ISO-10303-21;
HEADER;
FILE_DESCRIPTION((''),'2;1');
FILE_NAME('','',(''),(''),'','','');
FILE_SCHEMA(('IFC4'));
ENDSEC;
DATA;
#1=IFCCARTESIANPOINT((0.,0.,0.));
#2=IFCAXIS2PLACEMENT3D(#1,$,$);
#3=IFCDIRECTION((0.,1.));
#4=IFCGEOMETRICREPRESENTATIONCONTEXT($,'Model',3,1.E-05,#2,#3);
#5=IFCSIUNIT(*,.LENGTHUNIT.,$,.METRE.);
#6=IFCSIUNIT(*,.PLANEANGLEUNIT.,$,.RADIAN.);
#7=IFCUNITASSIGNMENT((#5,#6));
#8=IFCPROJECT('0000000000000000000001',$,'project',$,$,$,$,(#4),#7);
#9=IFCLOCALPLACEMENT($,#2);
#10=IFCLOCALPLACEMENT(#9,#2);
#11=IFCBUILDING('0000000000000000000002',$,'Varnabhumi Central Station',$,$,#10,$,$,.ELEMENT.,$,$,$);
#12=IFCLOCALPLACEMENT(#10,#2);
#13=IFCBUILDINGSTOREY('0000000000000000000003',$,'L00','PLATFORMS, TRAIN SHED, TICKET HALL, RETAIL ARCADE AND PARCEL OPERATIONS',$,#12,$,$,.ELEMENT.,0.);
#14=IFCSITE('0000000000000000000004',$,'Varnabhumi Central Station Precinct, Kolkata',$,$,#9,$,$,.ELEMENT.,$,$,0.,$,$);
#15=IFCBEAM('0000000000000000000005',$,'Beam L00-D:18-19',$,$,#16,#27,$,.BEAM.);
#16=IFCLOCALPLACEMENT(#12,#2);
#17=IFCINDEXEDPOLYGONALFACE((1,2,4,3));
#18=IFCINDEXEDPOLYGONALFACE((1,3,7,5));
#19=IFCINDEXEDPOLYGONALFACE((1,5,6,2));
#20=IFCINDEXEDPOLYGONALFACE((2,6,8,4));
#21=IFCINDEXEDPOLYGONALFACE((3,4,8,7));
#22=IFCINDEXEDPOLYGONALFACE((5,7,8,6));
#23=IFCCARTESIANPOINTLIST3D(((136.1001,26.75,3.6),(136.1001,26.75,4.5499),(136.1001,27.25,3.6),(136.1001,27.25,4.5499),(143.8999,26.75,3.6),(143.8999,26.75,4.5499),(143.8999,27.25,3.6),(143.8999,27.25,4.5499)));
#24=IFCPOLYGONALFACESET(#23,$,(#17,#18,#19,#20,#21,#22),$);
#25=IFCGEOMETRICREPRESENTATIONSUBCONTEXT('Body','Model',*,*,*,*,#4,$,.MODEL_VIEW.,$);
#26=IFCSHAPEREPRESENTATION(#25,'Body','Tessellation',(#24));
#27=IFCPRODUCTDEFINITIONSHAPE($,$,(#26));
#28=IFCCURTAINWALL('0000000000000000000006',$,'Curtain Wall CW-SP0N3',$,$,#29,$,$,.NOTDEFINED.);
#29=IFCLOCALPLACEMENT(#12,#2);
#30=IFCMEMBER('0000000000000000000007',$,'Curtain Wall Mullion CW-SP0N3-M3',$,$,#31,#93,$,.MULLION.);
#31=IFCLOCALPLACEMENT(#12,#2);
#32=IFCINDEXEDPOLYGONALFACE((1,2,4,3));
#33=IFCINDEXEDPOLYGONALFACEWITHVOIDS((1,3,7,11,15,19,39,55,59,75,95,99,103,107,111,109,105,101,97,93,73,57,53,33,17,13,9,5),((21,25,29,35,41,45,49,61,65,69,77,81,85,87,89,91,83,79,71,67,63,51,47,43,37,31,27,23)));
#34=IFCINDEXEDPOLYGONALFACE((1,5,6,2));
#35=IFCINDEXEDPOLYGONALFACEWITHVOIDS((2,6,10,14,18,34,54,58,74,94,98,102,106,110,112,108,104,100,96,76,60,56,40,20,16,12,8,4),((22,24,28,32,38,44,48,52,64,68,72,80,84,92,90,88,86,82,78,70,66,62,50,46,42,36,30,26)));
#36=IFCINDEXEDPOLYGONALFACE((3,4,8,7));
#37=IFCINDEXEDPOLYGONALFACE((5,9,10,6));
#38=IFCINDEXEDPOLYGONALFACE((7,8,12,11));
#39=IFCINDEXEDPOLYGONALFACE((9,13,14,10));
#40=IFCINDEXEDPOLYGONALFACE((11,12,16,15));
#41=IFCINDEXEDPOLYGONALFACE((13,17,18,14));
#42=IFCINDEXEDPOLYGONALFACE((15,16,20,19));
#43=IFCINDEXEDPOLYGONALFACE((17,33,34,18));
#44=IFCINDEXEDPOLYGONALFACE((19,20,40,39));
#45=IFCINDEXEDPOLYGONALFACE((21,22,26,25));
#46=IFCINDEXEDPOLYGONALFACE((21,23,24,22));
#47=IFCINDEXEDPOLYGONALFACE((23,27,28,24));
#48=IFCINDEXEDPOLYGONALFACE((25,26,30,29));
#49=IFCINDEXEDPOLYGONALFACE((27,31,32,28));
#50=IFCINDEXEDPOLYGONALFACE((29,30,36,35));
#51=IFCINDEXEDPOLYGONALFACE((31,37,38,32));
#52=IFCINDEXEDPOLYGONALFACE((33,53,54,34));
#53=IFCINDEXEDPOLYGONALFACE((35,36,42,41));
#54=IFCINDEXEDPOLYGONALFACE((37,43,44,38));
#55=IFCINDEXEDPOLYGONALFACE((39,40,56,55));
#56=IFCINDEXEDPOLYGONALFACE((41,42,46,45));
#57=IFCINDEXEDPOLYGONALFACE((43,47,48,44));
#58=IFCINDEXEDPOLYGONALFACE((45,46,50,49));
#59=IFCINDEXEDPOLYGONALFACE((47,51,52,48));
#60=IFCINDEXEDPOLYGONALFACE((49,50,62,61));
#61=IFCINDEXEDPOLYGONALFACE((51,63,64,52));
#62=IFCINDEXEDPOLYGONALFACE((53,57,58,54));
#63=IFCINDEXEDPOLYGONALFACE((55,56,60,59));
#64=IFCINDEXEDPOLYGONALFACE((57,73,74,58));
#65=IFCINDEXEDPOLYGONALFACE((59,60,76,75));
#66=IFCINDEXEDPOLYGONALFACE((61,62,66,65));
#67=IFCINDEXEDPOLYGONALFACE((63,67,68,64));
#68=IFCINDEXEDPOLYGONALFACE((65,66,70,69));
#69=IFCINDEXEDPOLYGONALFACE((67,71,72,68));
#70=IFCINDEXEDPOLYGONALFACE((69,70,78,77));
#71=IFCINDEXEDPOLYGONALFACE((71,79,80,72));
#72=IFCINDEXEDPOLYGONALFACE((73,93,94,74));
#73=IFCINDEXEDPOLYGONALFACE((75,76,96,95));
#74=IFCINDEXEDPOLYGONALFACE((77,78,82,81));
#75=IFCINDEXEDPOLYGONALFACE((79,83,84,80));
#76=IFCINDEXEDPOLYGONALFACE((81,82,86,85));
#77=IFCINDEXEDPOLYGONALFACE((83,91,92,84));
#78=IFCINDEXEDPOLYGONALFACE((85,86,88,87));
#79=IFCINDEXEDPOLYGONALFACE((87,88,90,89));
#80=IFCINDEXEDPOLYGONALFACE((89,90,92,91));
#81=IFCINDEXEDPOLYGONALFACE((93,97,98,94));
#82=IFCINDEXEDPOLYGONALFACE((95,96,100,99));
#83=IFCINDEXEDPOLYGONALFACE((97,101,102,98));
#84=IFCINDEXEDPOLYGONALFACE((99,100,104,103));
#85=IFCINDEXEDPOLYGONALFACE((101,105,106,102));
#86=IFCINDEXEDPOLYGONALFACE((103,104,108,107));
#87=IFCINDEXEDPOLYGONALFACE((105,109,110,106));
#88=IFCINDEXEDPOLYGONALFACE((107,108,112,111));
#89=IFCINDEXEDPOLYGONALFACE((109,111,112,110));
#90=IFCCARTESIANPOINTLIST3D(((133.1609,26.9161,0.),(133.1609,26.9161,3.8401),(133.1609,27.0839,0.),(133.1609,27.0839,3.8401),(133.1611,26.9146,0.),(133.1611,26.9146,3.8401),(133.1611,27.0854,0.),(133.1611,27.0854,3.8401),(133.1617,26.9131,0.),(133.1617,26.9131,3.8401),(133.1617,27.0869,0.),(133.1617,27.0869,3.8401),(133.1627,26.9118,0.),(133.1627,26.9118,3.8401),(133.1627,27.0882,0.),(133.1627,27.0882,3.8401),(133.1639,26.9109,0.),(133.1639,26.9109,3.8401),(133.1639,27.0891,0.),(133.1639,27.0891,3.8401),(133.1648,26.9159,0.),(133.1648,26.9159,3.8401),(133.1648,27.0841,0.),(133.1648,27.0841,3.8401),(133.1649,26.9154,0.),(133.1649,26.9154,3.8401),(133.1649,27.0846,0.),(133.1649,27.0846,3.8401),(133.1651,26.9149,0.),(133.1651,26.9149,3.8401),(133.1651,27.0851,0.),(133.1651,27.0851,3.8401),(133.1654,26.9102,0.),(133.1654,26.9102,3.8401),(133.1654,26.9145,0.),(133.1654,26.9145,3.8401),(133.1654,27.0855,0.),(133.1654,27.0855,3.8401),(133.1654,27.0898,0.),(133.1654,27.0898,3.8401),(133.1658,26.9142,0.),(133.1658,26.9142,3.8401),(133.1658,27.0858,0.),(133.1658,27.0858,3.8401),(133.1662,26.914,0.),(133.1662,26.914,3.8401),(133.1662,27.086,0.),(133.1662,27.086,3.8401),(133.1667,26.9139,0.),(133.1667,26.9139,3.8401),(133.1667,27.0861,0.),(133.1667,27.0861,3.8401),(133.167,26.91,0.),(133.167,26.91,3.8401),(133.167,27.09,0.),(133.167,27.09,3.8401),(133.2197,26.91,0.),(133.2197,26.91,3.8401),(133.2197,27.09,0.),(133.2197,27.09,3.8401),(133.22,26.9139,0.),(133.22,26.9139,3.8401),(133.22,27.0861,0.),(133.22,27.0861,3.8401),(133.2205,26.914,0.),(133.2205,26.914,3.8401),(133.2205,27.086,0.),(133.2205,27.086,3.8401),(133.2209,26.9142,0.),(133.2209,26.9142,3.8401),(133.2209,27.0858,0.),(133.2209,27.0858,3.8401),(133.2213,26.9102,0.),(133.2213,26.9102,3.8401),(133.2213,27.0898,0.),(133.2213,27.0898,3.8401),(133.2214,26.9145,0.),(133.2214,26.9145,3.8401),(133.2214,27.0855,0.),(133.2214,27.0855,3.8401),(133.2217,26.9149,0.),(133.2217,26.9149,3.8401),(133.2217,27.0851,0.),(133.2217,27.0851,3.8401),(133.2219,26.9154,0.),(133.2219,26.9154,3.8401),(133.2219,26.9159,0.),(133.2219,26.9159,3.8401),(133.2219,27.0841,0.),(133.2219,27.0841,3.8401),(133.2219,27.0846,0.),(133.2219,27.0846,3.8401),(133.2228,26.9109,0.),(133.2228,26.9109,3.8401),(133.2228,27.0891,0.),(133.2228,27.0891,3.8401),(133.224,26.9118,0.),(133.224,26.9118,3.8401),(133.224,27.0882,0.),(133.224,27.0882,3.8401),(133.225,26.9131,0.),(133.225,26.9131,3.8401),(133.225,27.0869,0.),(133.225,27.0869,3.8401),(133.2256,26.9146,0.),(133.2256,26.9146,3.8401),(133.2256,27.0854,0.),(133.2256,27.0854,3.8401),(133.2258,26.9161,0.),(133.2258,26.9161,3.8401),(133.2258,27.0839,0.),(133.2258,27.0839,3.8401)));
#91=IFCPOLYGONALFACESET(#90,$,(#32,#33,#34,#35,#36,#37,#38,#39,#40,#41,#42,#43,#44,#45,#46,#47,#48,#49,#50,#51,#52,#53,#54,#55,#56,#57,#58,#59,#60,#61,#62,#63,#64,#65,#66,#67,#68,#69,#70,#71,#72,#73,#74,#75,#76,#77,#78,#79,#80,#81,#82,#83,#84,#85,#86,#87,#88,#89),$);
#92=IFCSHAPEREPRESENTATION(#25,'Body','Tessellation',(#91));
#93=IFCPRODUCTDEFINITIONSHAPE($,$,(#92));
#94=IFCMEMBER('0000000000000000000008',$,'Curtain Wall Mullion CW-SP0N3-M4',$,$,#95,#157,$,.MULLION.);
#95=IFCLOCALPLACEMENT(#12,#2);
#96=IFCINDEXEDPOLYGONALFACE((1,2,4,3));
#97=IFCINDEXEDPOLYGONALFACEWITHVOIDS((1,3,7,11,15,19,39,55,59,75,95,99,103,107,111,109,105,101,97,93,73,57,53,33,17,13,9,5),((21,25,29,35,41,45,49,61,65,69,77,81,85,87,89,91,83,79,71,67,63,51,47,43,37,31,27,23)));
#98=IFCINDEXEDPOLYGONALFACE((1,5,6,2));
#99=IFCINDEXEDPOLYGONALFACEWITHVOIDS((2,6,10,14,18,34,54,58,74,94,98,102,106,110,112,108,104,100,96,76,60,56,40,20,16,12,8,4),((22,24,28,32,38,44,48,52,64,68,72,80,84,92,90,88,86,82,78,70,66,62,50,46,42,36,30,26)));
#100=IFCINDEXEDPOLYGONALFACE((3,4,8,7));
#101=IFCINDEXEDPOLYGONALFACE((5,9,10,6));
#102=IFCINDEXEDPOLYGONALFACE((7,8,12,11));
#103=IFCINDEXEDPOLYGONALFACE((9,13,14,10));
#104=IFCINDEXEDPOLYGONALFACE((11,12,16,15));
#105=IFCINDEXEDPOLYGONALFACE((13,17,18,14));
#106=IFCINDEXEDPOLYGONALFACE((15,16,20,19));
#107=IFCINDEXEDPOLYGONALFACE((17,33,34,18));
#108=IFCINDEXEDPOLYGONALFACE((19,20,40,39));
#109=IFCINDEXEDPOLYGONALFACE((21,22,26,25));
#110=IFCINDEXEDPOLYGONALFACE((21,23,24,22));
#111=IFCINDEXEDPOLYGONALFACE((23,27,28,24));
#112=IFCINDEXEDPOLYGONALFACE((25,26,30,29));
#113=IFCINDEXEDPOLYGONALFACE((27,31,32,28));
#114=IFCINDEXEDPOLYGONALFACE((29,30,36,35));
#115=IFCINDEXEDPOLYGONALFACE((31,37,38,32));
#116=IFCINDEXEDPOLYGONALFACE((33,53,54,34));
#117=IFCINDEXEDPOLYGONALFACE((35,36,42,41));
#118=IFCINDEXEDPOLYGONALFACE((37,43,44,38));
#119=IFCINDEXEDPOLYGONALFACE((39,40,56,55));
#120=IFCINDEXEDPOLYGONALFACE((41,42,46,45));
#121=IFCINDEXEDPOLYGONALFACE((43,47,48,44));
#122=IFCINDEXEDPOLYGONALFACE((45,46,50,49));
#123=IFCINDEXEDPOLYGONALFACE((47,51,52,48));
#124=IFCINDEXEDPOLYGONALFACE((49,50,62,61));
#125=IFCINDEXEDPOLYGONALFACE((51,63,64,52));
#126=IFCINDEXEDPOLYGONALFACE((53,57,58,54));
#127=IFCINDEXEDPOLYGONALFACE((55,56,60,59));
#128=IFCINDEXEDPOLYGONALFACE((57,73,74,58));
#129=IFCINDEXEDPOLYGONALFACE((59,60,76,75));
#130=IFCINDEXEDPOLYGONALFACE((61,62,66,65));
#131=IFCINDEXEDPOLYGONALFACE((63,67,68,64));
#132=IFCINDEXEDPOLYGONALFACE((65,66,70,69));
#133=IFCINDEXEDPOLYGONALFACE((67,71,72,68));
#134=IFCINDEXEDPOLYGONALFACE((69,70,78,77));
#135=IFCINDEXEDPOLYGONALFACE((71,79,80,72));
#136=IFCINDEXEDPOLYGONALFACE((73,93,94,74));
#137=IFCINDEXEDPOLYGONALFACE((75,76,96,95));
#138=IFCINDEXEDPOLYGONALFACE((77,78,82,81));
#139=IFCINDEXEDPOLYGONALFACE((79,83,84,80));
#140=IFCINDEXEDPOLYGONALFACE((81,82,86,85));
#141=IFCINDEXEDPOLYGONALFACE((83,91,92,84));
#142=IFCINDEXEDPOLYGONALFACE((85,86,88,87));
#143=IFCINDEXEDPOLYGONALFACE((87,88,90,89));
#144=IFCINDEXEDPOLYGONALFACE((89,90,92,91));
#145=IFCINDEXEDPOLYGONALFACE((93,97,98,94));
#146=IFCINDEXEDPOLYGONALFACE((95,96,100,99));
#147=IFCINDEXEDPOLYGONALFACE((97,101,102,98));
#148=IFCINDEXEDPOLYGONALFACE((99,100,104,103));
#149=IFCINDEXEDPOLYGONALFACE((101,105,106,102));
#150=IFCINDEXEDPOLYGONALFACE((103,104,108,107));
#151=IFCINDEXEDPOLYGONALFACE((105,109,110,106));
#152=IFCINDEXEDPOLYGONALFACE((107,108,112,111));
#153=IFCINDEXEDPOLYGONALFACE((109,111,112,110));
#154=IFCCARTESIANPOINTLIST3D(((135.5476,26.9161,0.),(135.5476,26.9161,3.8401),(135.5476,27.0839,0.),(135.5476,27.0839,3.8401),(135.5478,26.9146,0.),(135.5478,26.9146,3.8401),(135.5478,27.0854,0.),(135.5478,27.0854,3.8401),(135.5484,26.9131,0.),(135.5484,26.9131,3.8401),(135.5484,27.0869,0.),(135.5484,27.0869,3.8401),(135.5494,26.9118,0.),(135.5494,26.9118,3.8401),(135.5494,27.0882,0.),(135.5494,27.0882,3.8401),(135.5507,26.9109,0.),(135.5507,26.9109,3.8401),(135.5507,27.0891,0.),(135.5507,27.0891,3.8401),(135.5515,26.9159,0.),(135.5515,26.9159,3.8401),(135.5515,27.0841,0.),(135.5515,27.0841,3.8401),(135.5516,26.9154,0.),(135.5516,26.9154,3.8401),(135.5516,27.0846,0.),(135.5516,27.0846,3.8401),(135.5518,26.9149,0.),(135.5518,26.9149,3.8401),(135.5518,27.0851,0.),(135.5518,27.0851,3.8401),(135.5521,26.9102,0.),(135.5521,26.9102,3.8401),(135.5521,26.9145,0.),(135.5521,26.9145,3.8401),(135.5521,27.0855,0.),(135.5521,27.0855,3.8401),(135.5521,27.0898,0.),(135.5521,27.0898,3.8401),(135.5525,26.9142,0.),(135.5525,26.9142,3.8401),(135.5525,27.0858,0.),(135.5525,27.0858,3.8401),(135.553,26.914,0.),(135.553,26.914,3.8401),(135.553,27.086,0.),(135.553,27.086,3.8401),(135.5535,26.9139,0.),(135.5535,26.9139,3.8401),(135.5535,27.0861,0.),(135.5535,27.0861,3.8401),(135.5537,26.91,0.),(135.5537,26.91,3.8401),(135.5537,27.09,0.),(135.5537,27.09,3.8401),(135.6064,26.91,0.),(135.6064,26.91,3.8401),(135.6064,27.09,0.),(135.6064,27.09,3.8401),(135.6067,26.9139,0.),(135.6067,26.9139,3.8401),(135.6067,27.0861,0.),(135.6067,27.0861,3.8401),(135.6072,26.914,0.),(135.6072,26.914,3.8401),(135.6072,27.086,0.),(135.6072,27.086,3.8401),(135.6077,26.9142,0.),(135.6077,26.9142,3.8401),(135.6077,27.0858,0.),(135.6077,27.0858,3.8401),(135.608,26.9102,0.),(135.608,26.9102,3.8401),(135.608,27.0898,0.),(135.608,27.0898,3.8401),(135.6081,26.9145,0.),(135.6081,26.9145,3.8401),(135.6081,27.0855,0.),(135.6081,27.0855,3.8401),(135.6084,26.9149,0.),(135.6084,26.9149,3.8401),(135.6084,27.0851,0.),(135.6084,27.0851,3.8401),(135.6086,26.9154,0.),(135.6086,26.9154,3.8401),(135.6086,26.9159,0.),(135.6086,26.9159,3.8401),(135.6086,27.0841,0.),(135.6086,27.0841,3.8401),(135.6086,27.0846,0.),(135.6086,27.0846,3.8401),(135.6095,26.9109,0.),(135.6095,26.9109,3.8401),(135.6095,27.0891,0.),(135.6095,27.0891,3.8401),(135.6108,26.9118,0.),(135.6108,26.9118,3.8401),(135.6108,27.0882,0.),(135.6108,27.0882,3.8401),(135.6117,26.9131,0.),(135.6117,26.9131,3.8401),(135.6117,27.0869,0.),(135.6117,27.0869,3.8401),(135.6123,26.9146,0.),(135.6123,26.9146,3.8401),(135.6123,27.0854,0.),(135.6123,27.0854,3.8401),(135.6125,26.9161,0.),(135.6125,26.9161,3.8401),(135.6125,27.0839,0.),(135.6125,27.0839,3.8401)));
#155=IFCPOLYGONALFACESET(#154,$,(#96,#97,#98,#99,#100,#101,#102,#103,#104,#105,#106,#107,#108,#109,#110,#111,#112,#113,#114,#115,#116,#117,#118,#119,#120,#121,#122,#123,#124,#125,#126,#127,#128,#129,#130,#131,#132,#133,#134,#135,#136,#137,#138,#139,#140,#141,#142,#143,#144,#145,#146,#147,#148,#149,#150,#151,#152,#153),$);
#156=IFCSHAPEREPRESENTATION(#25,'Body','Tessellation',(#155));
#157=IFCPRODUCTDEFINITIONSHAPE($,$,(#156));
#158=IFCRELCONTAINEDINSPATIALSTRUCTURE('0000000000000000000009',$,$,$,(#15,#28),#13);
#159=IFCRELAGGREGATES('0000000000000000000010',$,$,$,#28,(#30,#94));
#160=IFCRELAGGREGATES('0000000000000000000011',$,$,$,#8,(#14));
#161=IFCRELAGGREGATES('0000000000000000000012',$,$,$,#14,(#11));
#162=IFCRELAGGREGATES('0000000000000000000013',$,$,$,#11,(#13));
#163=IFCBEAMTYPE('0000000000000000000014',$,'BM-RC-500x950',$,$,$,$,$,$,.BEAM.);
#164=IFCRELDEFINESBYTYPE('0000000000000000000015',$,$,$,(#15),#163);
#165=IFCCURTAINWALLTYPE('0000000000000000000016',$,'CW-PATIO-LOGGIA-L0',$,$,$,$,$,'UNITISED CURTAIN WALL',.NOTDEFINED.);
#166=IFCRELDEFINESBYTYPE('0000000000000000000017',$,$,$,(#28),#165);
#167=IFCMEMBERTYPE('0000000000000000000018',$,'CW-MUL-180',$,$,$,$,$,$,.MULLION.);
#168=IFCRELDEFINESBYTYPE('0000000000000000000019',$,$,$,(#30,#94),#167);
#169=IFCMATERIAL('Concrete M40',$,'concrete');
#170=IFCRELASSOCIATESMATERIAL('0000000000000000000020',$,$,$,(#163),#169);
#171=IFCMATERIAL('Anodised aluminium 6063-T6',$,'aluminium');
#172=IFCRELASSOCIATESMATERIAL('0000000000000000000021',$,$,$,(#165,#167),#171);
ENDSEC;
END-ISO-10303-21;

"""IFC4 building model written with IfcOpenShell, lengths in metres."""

from ifc_helpers import new_model, si_unit, direction, frame, origin, origin_2d, place, context, subcontext, project, spatial, rectangle, hollow_rectangle, extrude, material, material_profile, profile_set, type_object, element, aggregate, save


model = new_model("IFC4")

# Units and contexts
model_context = context("Model", 3, precision=1e-05, world=origin(), true_north=direction((0.0, 1.0)))
body_context = subcontext(model_context, "Body", "Model", "MODEL_VIEW")
ifc_project = project(units=[si_unit("LENGTHUNIT", "METRE"), si_unit("PLANEANGLEUNIT", "RADIAN")], contexts=[model_context])

# Site, building, storey
site_placement = place(None, origin())
site = spatial("IfcSite", under=ifc_project, at=site_placement, Name="Varnabhumi Central Station Precinct, Kolkata", CompositionType="ELEMENT", RefElevation=0.0)
building_placement = place(site_placement, origin())
building = spatial("IfcBuilding", under=site, at=building_placement, Name="Varnabhumi Central Station", CompositionType="ELEMENT")
storey_placement = place(building_placement, origin())
storey = spatial("IfcBuildingStorey", under=building, at=storey_placement, Name="L00", Description="PLATFORMS, TRAIN SHED, TICKET HALL, RETAIL ARCADE AND PARCEL OPERATIONS", CompositionType="ELEMENT", Elevation=0.0)

# Shared definitions
ifc_material_1 = material(Name="Concrete M40", Category="concrete")

# Beam
ifc_material_profile_1 = material_profile(ifc_material_1, rectangle(XDim=0.5, YDim=0.95, at=origin_2d()), Name="Concrete M40", Category="concrete")
ifc_profile_set_1 = profile_set([ifc_material_profile_1], Name="Concrete M40")
beam_type_1 = type_object("IfcBeamType", Name="BM-RC-500x950", PredefinedType="BEAM", material=ifc_profile_set_1)
beam_1_placement = place(storey_placement, frame((136.1001, 27.0, 4.075), z_axis=(1.0, 0.0, 0.0), x_axis=(0.0, 1.0, 0.0)))
element("IfcBeam", 1, at=beam_1_placement, inside=storey, type_object=beam_type_1, Name="Beam L00-D:18-19", PredefinedType="BEAM", context=body_context, shape_type="SweptSolid", body=[
    extrude(rectangle(XDim=0.5, YDim=0.95, at=origin_2d()), origin(), (0.0, 0.0, 1.0), 7.7998),
])

# Curtain wall, members
ifc_material_2 = material(Name="Anodised aluminium 6063-T6", Category="aluminium")
curtain_wall_type = type_object("IfcCurtainWallType", Name="CW-PATIO-LOGGIA-L0", ElementType="UNITISED CURTAIN WALL", PredefinedType="NOTDEFINED", material=ifc_material_2)
curtain_wall_1_placement = place(storey_placement, origin())
curtain_wall_1 = element("IfcCurtainWall", 2, at=curtain_wall_1_placement, inside=storey, type_object=curtain_wall_type, Name="Curtain Wall CW-SP0N3", PredefinedType="NOTDEFINED")
ifc_material_profile_2 = material_profile(ifc_material_2, hollow_rectangle(XDim=0.0649, YDim=0.1799, WallThickness=0.0039, InnerFilletRadius=0.002, OuterFilletRadius=0.0061, at=origin_2d()), Name="Anodised aluminium 6063-T6", Category="aluminium")
ifc_profile_set_2 = profile_set([ifc_material_profile_2], Name="Anodised aluminium 6063-T6")
member_type_1 = type_object("IfcMemberType", Name="CW-MUL-180", PredefinedType="MULLION", material=ifc_profile_set_2)
member_1_placement = place(storey_placement, frame((133.1934, 27.0, 0.0), z_axis=(0.0, 0.0, 1.0), x_axis=(1.0, 0.0, 0.0)))
member_1 = element("IfcMember", 3, at=member_1_placement, type_object=member_type_1, Name="Curtain Wall Mullion CW-SP0N3-M3", PredefinedType="MULLION", context=body_context, shape_type="SweptSolid", body=[
    extrude(hollow_rectangle(XDim=0.0649, YDim=0.1799, WallThickness=0.0039, InnerFilletRadius=0.002, OuterFilletRadius=0.0061, at=origin_2d()), origin(), (0.0, 0.0, 1.0), 3.8401),
])
member_2_placement = place(storey_placement, frame((135.5801, 27.0, 0.0), z_axis=(0.0, 0.0, 1.0), x_axis=(1.0, 0.0, 0.0)))
member_2 = element("IfcMember", 4, at=member_2_placement, type_object=member_type_1, Name="Curtain Wall Mullion CW-SP0N3-M4", PredefinedType="MULLION", context=body_context, shape_type="SweptSolid", body=[
    extrude(hollow_rectangle(XDim=0.0649, YDim=0.1799, WallThickness=0.0039, InnerFilletRadius=0.002, OuterFilletRadius=0.0061, at=origin_2d()), origin(), (0.0, 0.0, 1.0), 3.8401),
])

aggregate(curtain_wall_1, [member_1, member_2])

save(model, "model.ifc")
